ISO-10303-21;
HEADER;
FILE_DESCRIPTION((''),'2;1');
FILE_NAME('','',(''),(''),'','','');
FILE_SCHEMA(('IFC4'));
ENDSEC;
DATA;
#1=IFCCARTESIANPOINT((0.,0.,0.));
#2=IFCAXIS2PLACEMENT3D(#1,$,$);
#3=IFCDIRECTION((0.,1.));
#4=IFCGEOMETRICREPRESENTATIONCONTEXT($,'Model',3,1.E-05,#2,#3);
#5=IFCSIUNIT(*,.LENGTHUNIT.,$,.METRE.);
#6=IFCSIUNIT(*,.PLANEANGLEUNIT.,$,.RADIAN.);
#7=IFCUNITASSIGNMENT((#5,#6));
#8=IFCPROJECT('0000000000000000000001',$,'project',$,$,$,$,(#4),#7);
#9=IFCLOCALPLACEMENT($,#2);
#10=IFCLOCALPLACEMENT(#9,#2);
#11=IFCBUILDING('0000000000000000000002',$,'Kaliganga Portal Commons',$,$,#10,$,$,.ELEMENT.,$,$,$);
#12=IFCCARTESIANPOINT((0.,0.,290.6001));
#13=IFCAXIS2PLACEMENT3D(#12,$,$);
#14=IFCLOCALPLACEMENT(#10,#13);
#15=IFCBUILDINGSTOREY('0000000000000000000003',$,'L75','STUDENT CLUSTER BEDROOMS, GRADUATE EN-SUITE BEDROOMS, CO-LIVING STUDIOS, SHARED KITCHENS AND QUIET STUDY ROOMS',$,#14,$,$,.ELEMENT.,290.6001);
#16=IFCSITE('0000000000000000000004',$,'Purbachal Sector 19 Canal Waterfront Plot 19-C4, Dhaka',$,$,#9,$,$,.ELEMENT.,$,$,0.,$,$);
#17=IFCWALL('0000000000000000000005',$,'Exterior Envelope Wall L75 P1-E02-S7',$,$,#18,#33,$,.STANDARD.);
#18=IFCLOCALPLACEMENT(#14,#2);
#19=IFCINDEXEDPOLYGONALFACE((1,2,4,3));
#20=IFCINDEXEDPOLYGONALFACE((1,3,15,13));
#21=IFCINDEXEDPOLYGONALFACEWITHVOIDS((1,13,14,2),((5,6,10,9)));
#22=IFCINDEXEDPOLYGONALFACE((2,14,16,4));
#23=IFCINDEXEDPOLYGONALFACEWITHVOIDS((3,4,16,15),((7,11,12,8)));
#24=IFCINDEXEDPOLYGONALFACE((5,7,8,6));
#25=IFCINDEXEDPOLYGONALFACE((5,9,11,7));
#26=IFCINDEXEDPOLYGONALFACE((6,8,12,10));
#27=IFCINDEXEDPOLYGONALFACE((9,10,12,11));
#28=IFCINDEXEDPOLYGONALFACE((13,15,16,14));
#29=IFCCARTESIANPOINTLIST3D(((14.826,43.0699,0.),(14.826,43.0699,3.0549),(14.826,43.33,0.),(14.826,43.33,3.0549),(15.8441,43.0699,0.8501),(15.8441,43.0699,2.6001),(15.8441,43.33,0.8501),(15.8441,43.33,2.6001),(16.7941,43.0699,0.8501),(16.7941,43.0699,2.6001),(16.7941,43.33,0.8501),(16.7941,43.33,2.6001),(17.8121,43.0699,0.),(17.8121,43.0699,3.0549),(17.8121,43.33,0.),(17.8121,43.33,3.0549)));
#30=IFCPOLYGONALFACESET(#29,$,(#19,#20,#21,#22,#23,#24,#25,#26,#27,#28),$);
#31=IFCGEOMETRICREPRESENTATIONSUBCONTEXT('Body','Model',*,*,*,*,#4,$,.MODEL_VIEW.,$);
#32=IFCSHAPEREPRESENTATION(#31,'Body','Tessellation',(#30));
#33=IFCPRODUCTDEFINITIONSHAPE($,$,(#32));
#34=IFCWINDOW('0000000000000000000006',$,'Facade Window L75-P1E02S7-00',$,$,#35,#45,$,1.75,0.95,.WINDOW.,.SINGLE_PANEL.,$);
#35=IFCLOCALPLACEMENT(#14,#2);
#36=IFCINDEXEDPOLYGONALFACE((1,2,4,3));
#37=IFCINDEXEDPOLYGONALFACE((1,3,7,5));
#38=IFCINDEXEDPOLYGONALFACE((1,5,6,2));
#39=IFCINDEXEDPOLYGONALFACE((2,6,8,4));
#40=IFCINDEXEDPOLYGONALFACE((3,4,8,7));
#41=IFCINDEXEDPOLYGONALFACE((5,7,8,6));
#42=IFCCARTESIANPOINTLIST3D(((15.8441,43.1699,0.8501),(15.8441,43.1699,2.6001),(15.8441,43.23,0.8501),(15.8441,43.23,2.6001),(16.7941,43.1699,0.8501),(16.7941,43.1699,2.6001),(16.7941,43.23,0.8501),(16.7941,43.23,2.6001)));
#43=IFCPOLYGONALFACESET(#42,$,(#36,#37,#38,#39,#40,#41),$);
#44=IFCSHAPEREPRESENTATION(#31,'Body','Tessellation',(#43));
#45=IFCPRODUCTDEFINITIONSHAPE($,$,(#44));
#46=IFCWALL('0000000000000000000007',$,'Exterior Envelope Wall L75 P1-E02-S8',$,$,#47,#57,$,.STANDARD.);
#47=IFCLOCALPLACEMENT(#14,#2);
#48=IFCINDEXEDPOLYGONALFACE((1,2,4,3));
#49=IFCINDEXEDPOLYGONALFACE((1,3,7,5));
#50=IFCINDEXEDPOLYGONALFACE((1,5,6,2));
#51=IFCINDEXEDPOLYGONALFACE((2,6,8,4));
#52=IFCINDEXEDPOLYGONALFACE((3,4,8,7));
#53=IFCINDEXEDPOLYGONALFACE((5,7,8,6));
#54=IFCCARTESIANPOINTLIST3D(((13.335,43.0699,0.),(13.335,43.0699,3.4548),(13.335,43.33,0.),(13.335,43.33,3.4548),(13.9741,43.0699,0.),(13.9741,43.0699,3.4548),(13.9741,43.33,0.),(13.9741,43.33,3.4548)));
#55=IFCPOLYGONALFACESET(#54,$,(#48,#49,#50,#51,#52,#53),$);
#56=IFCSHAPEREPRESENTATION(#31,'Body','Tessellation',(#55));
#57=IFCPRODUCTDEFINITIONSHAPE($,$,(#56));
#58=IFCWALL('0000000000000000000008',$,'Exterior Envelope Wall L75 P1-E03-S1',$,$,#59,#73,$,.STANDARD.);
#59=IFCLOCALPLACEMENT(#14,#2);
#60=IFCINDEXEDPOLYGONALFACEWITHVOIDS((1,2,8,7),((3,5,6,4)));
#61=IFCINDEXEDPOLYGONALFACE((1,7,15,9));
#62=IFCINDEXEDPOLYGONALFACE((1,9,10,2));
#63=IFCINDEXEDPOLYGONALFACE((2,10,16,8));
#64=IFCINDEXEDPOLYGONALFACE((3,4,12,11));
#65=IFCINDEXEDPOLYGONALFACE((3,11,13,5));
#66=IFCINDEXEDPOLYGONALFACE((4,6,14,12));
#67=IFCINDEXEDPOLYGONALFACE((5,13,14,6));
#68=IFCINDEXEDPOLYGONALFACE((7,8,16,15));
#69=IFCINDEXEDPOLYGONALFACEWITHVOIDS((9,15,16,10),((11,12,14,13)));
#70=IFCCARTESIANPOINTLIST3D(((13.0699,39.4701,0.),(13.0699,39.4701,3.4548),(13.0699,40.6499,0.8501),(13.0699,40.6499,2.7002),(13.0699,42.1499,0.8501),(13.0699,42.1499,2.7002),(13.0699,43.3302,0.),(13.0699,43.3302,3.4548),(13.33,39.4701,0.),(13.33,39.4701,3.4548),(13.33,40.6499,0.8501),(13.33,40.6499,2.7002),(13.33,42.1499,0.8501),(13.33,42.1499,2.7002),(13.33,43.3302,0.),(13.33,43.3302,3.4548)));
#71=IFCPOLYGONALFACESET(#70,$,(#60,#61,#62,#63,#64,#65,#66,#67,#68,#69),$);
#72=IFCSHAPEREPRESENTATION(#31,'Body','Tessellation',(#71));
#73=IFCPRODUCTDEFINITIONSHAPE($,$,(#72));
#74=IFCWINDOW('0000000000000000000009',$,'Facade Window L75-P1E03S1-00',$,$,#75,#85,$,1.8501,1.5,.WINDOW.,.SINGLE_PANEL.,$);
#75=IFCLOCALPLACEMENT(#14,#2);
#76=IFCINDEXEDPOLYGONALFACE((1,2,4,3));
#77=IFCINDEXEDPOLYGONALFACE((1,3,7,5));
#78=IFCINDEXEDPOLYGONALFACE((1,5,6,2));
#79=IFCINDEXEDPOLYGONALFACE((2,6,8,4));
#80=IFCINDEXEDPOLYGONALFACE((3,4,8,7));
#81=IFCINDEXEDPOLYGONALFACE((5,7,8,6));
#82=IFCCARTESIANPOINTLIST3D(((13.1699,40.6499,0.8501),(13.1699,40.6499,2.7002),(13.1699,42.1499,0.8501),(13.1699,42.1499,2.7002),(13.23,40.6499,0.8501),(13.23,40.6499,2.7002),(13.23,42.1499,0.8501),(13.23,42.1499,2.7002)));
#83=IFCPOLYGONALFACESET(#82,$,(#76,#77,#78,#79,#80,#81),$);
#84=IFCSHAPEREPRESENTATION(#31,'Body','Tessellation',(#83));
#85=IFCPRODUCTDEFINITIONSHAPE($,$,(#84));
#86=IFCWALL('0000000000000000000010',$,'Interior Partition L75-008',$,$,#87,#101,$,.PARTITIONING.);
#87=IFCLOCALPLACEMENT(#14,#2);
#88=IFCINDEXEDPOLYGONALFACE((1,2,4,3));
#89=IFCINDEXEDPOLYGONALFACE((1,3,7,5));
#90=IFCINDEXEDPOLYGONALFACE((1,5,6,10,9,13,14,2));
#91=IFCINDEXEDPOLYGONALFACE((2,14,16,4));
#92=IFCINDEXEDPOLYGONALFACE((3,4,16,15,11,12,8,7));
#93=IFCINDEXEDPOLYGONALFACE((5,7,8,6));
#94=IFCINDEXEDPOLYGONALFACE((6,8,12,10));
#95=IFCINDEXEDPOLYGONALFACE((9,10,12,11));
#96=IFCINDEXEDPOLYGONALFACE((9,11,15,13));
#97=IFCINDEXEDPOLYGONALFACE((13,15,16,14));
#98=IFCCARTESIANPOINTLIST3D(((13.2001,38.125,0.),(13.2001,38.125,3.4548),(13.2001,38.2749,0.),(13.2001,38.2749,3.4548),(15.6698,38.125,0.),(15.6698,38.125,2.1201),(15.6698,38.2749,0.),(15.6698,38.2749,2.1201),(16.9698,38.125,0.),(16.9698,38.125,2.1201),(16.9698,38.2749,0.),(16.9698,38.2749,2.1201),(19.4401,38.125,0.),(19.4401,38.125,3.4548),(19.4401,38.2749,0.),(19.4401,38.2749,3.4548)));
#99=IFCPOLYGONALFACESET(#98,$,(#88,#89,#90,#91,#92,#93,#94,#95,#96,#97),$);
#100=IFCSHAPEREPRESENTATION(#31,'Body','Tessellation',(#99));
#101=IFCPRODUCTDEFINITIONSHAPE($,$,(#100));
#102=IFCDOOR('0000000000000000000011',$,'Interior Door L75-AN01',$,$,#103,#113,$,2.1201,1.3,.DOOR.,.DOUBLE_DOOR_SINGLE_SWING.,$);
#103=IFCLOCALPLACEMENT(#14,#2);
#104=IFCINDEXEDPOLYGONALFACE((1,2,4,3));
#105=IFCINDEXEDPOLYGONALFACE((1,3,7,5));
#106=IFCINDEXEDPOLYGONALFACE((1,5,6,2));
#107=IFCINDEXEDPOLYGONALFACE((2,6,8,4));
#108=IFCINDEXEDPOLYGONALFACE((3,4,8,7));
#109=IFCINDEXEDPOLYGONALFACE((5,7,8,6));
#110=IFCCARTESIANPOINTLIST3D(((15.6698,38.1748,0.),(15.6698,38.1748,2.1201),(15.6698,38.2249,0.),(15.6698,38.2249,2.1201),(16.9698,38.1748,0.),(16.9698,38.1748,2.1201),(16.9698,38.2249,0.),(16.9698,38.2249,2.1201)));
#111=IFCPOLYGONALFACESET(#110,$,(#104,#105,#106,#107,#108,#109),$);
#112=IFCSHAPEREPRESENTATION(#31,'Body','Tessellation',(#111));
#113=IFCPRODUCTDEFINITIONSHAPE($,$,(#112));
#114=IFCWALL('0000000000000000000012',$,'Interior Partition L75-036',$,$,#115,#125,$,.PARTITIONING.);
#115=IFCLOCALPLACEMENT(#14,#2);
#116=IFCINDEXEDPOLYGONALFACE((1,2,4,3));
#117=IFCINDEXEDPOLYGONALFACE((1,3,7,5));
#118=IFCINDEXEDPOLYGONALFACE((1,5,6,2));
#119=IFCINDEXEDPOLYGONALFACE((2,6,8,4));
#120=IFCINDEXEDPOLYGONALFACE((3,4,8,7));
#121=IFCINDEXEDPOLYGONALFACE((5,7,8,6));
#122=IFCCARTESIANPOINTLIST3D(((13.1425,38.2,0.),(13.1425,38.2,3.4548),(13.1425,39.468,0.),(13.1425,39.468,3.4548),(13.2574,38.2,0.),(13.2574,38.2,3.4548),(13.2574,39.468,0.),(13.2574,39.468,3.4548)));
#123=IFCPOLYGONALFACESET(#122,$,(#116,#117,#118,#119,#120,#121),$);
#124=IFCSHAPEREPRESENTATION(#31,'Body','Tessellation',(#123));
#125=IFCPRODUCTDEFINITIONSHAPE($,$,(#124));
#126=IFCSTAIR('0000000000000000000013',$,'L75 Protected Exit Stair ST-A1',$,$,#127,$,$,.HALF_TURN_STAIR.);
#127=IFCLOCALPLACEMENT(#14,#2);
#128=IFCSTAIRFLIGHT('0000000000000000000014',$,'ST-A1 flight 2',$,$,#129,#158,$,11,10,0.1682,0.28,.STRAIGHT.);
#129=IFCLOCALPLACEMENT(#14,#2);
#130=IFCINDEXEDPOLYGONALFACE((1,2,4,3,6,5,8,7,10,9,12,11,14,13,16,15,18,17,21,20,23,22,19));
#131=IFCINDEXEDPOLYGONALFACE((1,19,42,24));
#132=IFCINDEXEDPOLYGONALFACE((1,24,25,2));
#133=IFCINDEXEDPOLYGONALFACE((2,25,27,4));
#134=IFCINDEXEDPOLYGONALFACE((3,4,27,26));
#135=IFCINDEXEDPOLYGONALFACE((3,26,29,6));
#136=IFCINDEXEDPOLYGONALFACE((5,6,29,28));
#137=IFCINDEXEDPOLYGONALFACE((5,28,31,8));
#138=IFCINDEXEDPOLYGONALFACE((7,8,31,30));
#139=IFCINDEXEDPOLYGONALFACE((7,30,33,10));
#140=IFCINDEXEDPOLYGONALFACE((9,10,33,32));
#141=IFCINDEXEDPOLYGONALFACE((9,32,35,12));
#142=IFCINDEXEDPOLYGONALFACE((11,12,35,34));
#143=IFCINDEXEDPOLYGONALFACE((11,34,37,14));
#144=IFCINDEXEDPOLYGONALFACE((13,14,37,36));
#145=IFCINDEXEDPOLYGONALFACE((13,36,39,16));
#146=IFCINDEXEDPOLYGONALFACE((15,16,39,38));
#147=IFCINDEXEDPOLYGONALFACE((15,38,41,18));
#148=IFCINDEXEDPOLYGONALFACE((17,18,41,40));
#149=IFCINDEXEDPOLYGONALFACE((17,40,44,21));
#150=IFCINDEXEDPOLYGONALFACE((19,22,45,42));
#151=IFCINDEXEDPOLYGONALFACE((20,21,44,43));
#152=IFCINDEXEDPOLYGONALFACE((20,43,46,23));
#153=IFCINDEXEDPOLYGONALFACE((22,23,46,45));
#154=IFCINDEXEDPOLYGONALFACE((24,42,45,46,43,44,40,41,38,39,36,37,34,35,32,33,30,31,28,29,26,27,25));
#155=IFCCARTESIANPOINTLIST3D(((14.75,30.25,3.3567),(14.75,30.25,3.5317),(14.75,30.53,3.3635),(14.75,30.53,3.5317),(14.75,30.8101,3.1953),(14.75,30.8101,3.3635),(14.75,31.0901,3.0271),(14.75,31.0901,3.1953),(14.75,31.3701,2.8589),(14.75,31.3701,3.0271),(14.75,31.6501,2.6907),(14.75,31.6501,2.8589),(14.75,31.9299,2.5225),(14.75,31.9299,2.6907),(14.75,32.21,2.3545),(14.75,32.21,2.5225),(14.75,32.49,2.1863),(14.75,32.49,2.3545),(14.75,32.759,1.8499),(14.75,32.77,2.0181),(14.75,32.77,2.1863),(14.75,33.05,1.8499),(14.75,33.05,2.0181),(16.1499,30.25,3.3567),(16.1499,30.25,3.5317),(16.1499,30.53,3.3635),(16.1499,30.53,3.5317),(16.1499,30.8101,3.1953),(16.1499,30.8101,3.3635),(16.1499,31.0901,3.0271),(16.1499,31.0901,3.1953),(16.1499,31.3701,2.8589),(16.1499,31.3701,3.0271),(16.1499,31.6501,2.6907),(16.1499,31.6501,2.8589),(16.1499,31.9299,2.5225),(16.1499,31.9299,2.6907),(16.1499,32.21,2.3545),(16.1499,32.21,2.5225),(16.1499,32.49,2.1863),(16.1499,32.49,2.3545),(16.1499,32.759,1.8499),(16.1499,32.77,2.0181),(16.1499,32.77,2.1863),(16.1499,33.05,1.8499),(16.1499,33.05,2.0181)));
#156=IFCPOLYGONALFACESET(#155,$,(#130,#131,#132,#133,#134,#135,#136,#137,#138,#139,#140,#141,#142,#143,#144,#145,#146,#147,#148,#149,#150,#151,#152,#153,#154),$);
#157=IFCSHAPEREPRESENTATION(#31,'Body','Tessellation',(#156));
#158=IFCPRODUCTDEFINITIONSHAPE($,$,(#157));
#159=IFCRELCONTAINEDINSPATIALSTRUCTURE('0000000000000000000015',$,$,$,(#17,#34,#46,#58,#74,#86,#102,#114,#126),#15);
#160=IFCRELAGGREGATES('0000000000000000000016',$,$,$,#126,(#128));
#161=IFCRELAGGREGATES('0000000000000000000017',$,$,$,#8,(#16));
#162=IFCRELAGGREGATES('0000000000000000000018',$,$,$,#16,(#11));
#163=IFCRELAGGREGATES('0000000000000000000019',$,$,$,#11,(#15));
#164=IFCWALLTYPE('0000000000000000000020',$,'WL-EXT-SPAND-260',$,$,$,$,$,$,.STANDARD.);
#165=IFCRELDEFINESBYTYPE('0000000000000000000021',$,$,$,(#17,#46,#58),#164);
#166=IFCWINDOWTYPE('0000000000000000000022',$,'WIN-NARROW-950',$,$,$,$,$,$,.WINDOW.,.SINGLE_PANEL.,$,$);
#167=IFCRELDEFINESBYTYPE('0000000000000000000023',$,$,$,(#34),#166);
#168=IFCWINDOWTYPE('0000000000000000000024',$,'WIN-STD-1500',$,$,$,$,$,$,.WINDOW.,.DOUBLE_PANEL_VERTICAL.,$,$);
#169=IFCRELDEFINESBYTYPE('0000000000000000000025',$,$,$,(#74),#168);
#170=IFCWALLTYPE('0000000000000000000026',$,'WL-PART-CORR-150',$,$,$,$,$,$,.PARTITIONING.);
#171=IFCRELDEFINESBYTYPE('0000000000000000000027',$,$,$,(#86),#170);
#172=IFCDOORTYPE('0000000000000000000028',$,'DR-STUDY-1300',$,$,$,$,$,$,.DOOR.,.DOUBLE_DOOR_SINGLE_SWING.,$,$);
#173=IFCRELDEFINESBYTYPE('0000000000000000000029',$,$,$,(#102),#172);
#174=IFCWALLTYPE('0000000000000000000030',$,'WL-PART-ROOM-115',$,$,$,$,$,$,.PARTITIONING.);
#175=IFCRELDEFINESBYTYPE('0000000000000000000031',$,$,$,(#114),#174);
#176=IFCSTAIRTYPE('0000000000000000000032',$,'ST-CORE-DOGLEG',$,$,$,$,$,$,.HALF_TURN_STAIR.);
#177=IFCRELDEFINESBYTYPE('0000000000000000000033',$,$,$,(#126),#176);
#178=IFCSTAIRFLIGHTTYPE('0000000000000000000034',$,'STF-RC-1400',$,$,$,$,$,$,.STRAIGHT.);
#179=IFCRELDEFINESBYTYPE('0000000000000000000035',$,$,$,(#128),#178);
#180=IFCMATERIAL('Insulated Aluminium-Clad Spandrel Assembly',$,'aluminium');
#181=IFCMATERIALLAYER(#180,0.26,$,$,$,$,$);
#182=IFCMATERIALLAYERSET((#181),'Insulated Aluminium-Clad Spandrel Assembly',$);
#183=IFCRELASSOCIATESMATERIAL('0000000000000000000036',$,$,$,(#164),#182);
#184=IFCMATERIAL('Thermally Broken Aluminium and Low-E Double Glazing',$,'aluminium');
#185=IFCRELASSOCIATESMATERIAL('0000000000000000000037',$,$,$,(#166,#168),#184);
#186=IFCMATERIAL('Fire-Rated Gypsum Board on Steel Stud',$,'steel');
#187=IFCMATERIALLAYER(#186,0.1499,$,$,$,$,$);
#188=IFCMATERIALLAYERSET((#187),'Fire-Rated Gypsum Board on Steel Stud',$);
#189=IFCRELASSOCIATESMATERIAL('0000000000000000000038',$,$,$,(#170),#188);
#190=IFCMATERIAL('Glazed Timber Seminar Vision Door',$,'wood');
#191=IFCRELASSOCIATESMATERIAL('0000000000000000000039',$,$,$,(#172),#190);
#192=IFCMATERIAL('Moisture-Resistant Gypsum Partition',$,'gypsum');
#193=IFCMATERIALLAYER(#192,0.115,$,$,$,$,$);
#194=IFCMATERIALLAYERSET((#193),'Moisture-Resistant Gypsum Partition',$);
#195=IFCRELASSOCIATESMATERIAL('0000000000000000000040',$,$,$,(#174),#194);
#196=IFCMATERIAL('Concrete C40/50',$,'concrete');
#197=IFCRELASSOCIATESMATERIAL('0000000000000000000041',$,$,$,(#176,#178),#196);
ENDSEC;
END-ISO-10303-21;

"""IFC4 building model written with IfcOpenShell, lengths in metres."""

from ifc_helpers import new_model, si_unit, direction, frame, frame_2d, origin, place, context, subcontext, project, spatial, polyline, rectangle, outline, extrude, material, layer, layer_set, type_object, element, fill, aggregate, save


model = new_model("IFC4")

# Units and contexts
model_context = context("Model", 3, precision=1e-05, world=origin(), true_north=direction((0.0, 1.0)))
body_context = subcontext(model_context, "Body", "Model", "MODEL_VIEW")
ifc_project = project(units=[si_unit("LENGTHUNIT", "METRE"), si_unit("PLANEANGLEUNIT", "RADIAN")], contexts=[model_context])

# Site, building, storey
site_placement = place(None, origin())
site = spatial("IfcSite", under=ifc_project, at=site_placement, Name="Purbachal Sector 19 Canal Waterfront Plot 19-C4, Dhaka", CompositionType="ELEMENT", RefElevation=0.0)
building_placement = place(site_placement, origin())
building = spatial("IfcBuilding", under=site, at=building_placement, Name="Kaliganga Portal Commons", CompositionType="ELEMENT")
storey_placement = place(building_placement, frame((0.0, 0.0, 290.6001)))
storey = spatial("IfcBuildingStorey", under=building, at=storey_placement, Name="L75", Description="STUDENT CLUSTER BEDROOMS, GRADUATE EN-SUITE BEDROOMS, CO-LIVING STUDIOS, SHARED KITCHENS AND QUIET STUDY ROOMS", CompositionType="ELEMENT", Elevation=290.6001)

# Wall, opening, window
ifc_material_1 = material(Name="Insulated Aluminium-Clad Spandrel Assembly", Category="aluminium")
ifc_layer_1 = layer(ifc_material_1, 0.26)
ifc_layer_set_1 = layer_set([ifc_layer_1], Name="Insulated Aluminium-Clad Spandrel Assembly")
wall_type_1 = type_object("IfcWallType", Name="WL-EXT-SPAND-260", PredefinedType="STANDARD", material=ifc_layer_set_1)
wall_1_placement = place(storey_placement, frame((14.8259, 43.2, 0.0), z_axis=(0.0, 0.0, 1.0), x_axis=(1.0, 0.0, 0.0)))
wall_1 = element("IfcWall", 1, at=wall_1_placement, inside=storey, type_object=wall_type_1, Name="Exterior Envelope Wall L75 P1-E02-S7", PredefinedType="STANDARD", context=body_context, shape_type="SweptSolid", body=[
    extrude(rectangle(XDim=2.9861, YDim=0.26, at=frame_2d((1.4932, 0.0))), origin(), (0.0, 0.0, 1.0), 3.0549),
])
opening_1_placement = place(wall_1_placement, frame((1.0181, 0.0, 0.8501)))
opening_1 = element("IfcOpeningElement", 2, at=opening_1_placement, cuts=wall_1, PredefinedType="OPENING", context=body_context, shape_type="SweptSolid", body=[
    extrude(rectangle(XDim=0.95, YDim=1.75, at=frame_2d((0.4751, 0.875))), frame((0.0, 0.1401, 0.0), z_axis=(0.0, -1.0, 0.0), x_axis=(1.0, 0.0, 0.0)), (0.0, 0.0, 1.0), 0.28),
])
ifc_material_2 = material(Name="Thermally Broken Aluminium and Low-E Double Glazing", Category="aluminium")
window_type_1 = type_object("IfcWindowType", Name="WIN-NARROW-950", PartitioningType="SINGLE_PANEL", PredefinedType="WINDOW", material=ifc_material_2)
window_1_placement = place(opening_1_placement, origin())
window_1 = element("IfcWindow", 3, at=window_1_placement, inside=storey, type_object=window_type_1, Name="Facade Window L75-P1E02S7-00", OverallHeight=1.75, OverallWidth=0.95, PartitioningType="SINGLE_PANEL", PredefinedType="WINDOW", context=body_context, shape_type="SweptSolid", body=[
    extrude(rectangle(XDim=0.95, YDim=1.75, at=frame_2d((0.4751, 0.875))), frame((0.0, 0.03, 0.0), z_axis=(0.0, -1.0, 0.0), x_axis=(1.0, 0.0, 0.0)), (0.0, 0.0, 1.0), 0.0601),
])
fill(opening_1, window_1)

# Wall
wall_2_placement = place(storey_placement, frame((13.335, 43.2, 0.0), z_axis=(0.0, 0.0, 1.0), x_axis=(1.0, 0.0, 0.0)))
element("IfcWall", 4, at=wall_2_placement, inside=storey, type_object=wall_type_1, Name="Exterior Envelope Wall L75 P1-E02-S8", PredefinedType="STANDARD", context=body_context, shape_type="SweptSolid", body=[
    extrude(rectangle(XDim=0.6392, YDim=0.26, at=frame_2d((0.3196, 0.0))), origin(), (0.0, 0.0, 1.0), 3.4548),
])

# Wall, opening, window
wall_3_placement = place(storey_placement, frame((13.2, 39.47, 0.0), z_axis=(0.0, 0.0, 1.0), x_axis=(0.0, 1.0, 0.0)))
wall_3 = element("IfcWall", 5, at=wall_3_placement, inside=storey, type_object=wall_type_1, Name="Exterior Envelope Wall L75 P1-E03-S1", PredefinedType="STANDARD", context=body_context, shape_type="SweptSolid", body=[
    extrude(rectangle(XDim=3.8601, YDim=0.26, at=frame_2d((1.9302, 0.0))), origin(), (0.0, 0.0, 1.0), 3.4548),
])
opening_2_placement = place(wall_3_placement, frame((1.1799, 0.0, 0.8501)))
opening_2 = element("IfcOpeningElement", 6, at=opening_2_placement, cuts=wall_3, PredefinedType="OPENING", context=body_context, shape_type="SweptSolid", body=[
    extrude(rectangle(XDim=1.5, YDim=1.8501, at=frame_2d((0.75, 0.925))), frame((0.0, 0.1401, 0.0), z_axis=(0.0, -1.0, 0.0), x_axis=(1.0, 0.0, 0.0)), (0.0, 0.0, 1.0), 0.28),
])
window_type_2 = type_object("IfcWindowType", Name="WIN-STD-1500", PartitioningType="DOUBLE_PANEL_VERTICAL", PredefinedType="WINDOW", material=ifc_material_2)
window_2_placement = place(opening_2_placement, origin())
window_2 = element("IfcWindow", 7, at=window_2_placement, inside=storey, type_object=window_type_2, Name="Facade Window L75-P1E03S1-00", OverallHeight=1.8501, OverallWidth=1.5, PartitioningType="SINGLE_PANEL", PredefinedType="WINDOW", context=body_context, shape_type="SweptSolid", body=[
    extrude(rectangle(XDim=1.5, YDim=1.8501, at=frame_2d((0.75, 0.925))), frame((0.0, 0.03, 0.0), z_axis=(0.0, -1.0, 0.0), x_axis=(1.0, 0.0, 0.0)), (0.0, 0.0, 1.0), 0.0601),
])
fill(opening_2, window_2)

# Wall, opening, door
ifc_material_3 = material(Name="Fire-Rated Gypsum Board on Steel Stud", Category="steel")
ifc_layer_2 = layer(ifc_material_3, 0.1499)
ifc_layer_set_2 = layer_set([ifc_layer_2], Name="Fire-Rated Gypsum Board on Steel Stud")
wall_type_2 = type_object("IfcWallType", Name="WL-PART-CORR-150", PredefinedType="PARTITIONING", material=ifc_layer_set_2)
wall_4_placement = place(storey_placement, frame((13.2, 38.2, 0.0), z_axis=(0.0, 0.0, 1.0), x_axis=(1.0, 0.0, 0.0)))
wall_4 = element("IfcWall", 8, at=wall_4_placement, inside=storey, type_object=wall_type_2, Name="Interior Partition L75-008", PredefinedType="PARTITIONING", context=body_context, shape_type="SweptSolid", body=[
    extrude(rectangle(XDim=6.24, YDim=0.1499, at=frame_2d((3.1201, 0.0))), origin(), (0.0, 0.0, 1.0), 3.4548),
])
opening_3_placement = place(wall_4_placement, frame((2.47, 0.0, 0.0)))
opening_3 = element("IfcOpeningElement", 9, at=opening_3_placement, cuts=wall_4, PredefinedType="OPENING", context=body_context, shape_type="SweptSolid", body=[
    extrude(rectangle(XDim=1.3, YDim=2.1201, at=frame_2d((0.6499, 1.0601))), frame((0.0, 0.085, 0.0), z_axis=(0.0, -1.0, 0.0), x_axis=(1.0, 0.0, 0.0)), (0.0, 0.0, 1.0), 0.1699),
])
ifc_material_4 = material(Name="Glazed Timber Seminar Vision Door", Category="wood")
door_type = type_object("IfcDoorType", Name="DR-STUDY-1300", OperationType="DOUBLE_DOOR_SINGLE_SWING", PredefinedType="DOOR", material=ifc_material_4)
door_placement = place(opening_3_placement, origin())
door = element("IfcDoor", 10, at=door_placement, inside=storey, type_object=door_type, Name="Interior Door L75-AN01", OperationType="DOUBLE_DOOR_SINGLE_SWING", OverallHeight=2.1201, OverallWidth=1.3, PredefinedType="DOOR", context=body_context, shape_type="SweptSolid", body=[
    extrude(rectangle(XDim=1.3, YDim=2.1201, at=frame_2d((0.6499, 1.0601))), frame((0.0, 0.0249, 0.0), z_axis=(0.0, -1.0, 0.0), x_axis=(1.0, 0.0, 0.0)), (0.0, 0.0, 1.0), 0.05),
])
fill(opening_3, door)

# Wall
ifc_material_5 = material(Name="Moisture-Resistant Gypsum Partition", Category="gypsum")
ifc_layer_3 = layer(ifc_material_5, 0.115)
ifc_layer_set_3 = layer_set([ifc_layer_3], Name="Moisture-Resistant Gypsum Partition")
wall_type_3 = type_object("IfcWallType", Name="WL-PART-ROOM-115", PredefinedType="PARTITIONING", material=ifc_layer_set_3)
wall_5_placement = place(storey_placement, frame((13.2, 38.2, 0.0), z_axis=(0.0, 0.0, 1.0), x_axis=(0.0, 1.0, 0.0)))
element("IfcWall", 11, at=wall_5_placement, inside=storey, type_object=wall_type_3, Name="Interior Partition L75-036", PredefinedType="PARTITIONING", context=body_context, shape_type="SweptSolid", body=[
    extrude(rectangle(XDim=1.2681, YDim=0.115, at=frame_2d((0.634, 0.0))), origin(), (0.0, 0.0, 1.0), 3.4548),
])

# Stair, stair flight
ifc_material_6 = material(Name="Concrete C40/50", Category="concrete")
stair_type = type_object("IfcStairType", Name="ST-CORE-DOGLEG", PredefinedType="HALF_TURN_STAIR", material=ifc_material_6)
stair_placement = place(storey_placement, origin())
stair = element("IfcStair", 12, at=stair_placement, inside=storey, type_object=stair_type, Name="L75 Protected Exit Stair ST-A1", PredefinedType="HALF_TURN_STAIR")
stair_flight_type = type_object("IfcStairFlightType", Name="STF-RC-1400", PredefinedType="STRAIGHT", material=ifc_material_6)
stair_flight_placement = place(storey_placement, frame((15.45, 33.05, 1.8499), z_axis=(0.0, 0.0, 1.0), x_axis=(0.0, -1.0, 0.0)))
stair_flight = element("IfcStairFlight", 13, at=stair_flight_placement, type_object=stair_flight_type, Name="ST-A1 flight 2", NumberOfRisers=11, NumberOfTreads=10, PredefinedType="STRAIGHT", RiserHeight=0.1682, TreadLength=0.28, context=body_context, shape_type="SweptSolid", body=[
    extrude(outline(polyline([(0.0, 0.0), (0.0, 0.1682), (0.28, 0.1682), (0.28, 0.3364), (0.5601, 0.3364), (0.5601, 0.5046), (0.8401, 0.5046), (0.8401, 0.6726), (1.1201, 0.6726), (1.1201, 0.8408), (1.3999, 0.8408), (1.3999, 1.009), (1.6799, 1.009), (1.6799, 1.1772), (1.96, 1.1772), (1.96, 1.3455), (2.24, 1.3455), (2.24, 1.5137), (2.52, 1.5137), (2.52, 1.6819), (2.8, 1.6819), (2.8, 1.8501), (2.8, 1.5068), (0.291, 0.0), (0.0, 0.0)])), frame((0.0, 0.7, 0.0), z_axis=(0.0, -1.0, 0.0), x_axis=(1.0, 0.0, 0.0)), (0.0, 0.0, 1.0), 1.3999),
])
aggregate(stair, [stair_flight])

save(model, "model.ifc")
